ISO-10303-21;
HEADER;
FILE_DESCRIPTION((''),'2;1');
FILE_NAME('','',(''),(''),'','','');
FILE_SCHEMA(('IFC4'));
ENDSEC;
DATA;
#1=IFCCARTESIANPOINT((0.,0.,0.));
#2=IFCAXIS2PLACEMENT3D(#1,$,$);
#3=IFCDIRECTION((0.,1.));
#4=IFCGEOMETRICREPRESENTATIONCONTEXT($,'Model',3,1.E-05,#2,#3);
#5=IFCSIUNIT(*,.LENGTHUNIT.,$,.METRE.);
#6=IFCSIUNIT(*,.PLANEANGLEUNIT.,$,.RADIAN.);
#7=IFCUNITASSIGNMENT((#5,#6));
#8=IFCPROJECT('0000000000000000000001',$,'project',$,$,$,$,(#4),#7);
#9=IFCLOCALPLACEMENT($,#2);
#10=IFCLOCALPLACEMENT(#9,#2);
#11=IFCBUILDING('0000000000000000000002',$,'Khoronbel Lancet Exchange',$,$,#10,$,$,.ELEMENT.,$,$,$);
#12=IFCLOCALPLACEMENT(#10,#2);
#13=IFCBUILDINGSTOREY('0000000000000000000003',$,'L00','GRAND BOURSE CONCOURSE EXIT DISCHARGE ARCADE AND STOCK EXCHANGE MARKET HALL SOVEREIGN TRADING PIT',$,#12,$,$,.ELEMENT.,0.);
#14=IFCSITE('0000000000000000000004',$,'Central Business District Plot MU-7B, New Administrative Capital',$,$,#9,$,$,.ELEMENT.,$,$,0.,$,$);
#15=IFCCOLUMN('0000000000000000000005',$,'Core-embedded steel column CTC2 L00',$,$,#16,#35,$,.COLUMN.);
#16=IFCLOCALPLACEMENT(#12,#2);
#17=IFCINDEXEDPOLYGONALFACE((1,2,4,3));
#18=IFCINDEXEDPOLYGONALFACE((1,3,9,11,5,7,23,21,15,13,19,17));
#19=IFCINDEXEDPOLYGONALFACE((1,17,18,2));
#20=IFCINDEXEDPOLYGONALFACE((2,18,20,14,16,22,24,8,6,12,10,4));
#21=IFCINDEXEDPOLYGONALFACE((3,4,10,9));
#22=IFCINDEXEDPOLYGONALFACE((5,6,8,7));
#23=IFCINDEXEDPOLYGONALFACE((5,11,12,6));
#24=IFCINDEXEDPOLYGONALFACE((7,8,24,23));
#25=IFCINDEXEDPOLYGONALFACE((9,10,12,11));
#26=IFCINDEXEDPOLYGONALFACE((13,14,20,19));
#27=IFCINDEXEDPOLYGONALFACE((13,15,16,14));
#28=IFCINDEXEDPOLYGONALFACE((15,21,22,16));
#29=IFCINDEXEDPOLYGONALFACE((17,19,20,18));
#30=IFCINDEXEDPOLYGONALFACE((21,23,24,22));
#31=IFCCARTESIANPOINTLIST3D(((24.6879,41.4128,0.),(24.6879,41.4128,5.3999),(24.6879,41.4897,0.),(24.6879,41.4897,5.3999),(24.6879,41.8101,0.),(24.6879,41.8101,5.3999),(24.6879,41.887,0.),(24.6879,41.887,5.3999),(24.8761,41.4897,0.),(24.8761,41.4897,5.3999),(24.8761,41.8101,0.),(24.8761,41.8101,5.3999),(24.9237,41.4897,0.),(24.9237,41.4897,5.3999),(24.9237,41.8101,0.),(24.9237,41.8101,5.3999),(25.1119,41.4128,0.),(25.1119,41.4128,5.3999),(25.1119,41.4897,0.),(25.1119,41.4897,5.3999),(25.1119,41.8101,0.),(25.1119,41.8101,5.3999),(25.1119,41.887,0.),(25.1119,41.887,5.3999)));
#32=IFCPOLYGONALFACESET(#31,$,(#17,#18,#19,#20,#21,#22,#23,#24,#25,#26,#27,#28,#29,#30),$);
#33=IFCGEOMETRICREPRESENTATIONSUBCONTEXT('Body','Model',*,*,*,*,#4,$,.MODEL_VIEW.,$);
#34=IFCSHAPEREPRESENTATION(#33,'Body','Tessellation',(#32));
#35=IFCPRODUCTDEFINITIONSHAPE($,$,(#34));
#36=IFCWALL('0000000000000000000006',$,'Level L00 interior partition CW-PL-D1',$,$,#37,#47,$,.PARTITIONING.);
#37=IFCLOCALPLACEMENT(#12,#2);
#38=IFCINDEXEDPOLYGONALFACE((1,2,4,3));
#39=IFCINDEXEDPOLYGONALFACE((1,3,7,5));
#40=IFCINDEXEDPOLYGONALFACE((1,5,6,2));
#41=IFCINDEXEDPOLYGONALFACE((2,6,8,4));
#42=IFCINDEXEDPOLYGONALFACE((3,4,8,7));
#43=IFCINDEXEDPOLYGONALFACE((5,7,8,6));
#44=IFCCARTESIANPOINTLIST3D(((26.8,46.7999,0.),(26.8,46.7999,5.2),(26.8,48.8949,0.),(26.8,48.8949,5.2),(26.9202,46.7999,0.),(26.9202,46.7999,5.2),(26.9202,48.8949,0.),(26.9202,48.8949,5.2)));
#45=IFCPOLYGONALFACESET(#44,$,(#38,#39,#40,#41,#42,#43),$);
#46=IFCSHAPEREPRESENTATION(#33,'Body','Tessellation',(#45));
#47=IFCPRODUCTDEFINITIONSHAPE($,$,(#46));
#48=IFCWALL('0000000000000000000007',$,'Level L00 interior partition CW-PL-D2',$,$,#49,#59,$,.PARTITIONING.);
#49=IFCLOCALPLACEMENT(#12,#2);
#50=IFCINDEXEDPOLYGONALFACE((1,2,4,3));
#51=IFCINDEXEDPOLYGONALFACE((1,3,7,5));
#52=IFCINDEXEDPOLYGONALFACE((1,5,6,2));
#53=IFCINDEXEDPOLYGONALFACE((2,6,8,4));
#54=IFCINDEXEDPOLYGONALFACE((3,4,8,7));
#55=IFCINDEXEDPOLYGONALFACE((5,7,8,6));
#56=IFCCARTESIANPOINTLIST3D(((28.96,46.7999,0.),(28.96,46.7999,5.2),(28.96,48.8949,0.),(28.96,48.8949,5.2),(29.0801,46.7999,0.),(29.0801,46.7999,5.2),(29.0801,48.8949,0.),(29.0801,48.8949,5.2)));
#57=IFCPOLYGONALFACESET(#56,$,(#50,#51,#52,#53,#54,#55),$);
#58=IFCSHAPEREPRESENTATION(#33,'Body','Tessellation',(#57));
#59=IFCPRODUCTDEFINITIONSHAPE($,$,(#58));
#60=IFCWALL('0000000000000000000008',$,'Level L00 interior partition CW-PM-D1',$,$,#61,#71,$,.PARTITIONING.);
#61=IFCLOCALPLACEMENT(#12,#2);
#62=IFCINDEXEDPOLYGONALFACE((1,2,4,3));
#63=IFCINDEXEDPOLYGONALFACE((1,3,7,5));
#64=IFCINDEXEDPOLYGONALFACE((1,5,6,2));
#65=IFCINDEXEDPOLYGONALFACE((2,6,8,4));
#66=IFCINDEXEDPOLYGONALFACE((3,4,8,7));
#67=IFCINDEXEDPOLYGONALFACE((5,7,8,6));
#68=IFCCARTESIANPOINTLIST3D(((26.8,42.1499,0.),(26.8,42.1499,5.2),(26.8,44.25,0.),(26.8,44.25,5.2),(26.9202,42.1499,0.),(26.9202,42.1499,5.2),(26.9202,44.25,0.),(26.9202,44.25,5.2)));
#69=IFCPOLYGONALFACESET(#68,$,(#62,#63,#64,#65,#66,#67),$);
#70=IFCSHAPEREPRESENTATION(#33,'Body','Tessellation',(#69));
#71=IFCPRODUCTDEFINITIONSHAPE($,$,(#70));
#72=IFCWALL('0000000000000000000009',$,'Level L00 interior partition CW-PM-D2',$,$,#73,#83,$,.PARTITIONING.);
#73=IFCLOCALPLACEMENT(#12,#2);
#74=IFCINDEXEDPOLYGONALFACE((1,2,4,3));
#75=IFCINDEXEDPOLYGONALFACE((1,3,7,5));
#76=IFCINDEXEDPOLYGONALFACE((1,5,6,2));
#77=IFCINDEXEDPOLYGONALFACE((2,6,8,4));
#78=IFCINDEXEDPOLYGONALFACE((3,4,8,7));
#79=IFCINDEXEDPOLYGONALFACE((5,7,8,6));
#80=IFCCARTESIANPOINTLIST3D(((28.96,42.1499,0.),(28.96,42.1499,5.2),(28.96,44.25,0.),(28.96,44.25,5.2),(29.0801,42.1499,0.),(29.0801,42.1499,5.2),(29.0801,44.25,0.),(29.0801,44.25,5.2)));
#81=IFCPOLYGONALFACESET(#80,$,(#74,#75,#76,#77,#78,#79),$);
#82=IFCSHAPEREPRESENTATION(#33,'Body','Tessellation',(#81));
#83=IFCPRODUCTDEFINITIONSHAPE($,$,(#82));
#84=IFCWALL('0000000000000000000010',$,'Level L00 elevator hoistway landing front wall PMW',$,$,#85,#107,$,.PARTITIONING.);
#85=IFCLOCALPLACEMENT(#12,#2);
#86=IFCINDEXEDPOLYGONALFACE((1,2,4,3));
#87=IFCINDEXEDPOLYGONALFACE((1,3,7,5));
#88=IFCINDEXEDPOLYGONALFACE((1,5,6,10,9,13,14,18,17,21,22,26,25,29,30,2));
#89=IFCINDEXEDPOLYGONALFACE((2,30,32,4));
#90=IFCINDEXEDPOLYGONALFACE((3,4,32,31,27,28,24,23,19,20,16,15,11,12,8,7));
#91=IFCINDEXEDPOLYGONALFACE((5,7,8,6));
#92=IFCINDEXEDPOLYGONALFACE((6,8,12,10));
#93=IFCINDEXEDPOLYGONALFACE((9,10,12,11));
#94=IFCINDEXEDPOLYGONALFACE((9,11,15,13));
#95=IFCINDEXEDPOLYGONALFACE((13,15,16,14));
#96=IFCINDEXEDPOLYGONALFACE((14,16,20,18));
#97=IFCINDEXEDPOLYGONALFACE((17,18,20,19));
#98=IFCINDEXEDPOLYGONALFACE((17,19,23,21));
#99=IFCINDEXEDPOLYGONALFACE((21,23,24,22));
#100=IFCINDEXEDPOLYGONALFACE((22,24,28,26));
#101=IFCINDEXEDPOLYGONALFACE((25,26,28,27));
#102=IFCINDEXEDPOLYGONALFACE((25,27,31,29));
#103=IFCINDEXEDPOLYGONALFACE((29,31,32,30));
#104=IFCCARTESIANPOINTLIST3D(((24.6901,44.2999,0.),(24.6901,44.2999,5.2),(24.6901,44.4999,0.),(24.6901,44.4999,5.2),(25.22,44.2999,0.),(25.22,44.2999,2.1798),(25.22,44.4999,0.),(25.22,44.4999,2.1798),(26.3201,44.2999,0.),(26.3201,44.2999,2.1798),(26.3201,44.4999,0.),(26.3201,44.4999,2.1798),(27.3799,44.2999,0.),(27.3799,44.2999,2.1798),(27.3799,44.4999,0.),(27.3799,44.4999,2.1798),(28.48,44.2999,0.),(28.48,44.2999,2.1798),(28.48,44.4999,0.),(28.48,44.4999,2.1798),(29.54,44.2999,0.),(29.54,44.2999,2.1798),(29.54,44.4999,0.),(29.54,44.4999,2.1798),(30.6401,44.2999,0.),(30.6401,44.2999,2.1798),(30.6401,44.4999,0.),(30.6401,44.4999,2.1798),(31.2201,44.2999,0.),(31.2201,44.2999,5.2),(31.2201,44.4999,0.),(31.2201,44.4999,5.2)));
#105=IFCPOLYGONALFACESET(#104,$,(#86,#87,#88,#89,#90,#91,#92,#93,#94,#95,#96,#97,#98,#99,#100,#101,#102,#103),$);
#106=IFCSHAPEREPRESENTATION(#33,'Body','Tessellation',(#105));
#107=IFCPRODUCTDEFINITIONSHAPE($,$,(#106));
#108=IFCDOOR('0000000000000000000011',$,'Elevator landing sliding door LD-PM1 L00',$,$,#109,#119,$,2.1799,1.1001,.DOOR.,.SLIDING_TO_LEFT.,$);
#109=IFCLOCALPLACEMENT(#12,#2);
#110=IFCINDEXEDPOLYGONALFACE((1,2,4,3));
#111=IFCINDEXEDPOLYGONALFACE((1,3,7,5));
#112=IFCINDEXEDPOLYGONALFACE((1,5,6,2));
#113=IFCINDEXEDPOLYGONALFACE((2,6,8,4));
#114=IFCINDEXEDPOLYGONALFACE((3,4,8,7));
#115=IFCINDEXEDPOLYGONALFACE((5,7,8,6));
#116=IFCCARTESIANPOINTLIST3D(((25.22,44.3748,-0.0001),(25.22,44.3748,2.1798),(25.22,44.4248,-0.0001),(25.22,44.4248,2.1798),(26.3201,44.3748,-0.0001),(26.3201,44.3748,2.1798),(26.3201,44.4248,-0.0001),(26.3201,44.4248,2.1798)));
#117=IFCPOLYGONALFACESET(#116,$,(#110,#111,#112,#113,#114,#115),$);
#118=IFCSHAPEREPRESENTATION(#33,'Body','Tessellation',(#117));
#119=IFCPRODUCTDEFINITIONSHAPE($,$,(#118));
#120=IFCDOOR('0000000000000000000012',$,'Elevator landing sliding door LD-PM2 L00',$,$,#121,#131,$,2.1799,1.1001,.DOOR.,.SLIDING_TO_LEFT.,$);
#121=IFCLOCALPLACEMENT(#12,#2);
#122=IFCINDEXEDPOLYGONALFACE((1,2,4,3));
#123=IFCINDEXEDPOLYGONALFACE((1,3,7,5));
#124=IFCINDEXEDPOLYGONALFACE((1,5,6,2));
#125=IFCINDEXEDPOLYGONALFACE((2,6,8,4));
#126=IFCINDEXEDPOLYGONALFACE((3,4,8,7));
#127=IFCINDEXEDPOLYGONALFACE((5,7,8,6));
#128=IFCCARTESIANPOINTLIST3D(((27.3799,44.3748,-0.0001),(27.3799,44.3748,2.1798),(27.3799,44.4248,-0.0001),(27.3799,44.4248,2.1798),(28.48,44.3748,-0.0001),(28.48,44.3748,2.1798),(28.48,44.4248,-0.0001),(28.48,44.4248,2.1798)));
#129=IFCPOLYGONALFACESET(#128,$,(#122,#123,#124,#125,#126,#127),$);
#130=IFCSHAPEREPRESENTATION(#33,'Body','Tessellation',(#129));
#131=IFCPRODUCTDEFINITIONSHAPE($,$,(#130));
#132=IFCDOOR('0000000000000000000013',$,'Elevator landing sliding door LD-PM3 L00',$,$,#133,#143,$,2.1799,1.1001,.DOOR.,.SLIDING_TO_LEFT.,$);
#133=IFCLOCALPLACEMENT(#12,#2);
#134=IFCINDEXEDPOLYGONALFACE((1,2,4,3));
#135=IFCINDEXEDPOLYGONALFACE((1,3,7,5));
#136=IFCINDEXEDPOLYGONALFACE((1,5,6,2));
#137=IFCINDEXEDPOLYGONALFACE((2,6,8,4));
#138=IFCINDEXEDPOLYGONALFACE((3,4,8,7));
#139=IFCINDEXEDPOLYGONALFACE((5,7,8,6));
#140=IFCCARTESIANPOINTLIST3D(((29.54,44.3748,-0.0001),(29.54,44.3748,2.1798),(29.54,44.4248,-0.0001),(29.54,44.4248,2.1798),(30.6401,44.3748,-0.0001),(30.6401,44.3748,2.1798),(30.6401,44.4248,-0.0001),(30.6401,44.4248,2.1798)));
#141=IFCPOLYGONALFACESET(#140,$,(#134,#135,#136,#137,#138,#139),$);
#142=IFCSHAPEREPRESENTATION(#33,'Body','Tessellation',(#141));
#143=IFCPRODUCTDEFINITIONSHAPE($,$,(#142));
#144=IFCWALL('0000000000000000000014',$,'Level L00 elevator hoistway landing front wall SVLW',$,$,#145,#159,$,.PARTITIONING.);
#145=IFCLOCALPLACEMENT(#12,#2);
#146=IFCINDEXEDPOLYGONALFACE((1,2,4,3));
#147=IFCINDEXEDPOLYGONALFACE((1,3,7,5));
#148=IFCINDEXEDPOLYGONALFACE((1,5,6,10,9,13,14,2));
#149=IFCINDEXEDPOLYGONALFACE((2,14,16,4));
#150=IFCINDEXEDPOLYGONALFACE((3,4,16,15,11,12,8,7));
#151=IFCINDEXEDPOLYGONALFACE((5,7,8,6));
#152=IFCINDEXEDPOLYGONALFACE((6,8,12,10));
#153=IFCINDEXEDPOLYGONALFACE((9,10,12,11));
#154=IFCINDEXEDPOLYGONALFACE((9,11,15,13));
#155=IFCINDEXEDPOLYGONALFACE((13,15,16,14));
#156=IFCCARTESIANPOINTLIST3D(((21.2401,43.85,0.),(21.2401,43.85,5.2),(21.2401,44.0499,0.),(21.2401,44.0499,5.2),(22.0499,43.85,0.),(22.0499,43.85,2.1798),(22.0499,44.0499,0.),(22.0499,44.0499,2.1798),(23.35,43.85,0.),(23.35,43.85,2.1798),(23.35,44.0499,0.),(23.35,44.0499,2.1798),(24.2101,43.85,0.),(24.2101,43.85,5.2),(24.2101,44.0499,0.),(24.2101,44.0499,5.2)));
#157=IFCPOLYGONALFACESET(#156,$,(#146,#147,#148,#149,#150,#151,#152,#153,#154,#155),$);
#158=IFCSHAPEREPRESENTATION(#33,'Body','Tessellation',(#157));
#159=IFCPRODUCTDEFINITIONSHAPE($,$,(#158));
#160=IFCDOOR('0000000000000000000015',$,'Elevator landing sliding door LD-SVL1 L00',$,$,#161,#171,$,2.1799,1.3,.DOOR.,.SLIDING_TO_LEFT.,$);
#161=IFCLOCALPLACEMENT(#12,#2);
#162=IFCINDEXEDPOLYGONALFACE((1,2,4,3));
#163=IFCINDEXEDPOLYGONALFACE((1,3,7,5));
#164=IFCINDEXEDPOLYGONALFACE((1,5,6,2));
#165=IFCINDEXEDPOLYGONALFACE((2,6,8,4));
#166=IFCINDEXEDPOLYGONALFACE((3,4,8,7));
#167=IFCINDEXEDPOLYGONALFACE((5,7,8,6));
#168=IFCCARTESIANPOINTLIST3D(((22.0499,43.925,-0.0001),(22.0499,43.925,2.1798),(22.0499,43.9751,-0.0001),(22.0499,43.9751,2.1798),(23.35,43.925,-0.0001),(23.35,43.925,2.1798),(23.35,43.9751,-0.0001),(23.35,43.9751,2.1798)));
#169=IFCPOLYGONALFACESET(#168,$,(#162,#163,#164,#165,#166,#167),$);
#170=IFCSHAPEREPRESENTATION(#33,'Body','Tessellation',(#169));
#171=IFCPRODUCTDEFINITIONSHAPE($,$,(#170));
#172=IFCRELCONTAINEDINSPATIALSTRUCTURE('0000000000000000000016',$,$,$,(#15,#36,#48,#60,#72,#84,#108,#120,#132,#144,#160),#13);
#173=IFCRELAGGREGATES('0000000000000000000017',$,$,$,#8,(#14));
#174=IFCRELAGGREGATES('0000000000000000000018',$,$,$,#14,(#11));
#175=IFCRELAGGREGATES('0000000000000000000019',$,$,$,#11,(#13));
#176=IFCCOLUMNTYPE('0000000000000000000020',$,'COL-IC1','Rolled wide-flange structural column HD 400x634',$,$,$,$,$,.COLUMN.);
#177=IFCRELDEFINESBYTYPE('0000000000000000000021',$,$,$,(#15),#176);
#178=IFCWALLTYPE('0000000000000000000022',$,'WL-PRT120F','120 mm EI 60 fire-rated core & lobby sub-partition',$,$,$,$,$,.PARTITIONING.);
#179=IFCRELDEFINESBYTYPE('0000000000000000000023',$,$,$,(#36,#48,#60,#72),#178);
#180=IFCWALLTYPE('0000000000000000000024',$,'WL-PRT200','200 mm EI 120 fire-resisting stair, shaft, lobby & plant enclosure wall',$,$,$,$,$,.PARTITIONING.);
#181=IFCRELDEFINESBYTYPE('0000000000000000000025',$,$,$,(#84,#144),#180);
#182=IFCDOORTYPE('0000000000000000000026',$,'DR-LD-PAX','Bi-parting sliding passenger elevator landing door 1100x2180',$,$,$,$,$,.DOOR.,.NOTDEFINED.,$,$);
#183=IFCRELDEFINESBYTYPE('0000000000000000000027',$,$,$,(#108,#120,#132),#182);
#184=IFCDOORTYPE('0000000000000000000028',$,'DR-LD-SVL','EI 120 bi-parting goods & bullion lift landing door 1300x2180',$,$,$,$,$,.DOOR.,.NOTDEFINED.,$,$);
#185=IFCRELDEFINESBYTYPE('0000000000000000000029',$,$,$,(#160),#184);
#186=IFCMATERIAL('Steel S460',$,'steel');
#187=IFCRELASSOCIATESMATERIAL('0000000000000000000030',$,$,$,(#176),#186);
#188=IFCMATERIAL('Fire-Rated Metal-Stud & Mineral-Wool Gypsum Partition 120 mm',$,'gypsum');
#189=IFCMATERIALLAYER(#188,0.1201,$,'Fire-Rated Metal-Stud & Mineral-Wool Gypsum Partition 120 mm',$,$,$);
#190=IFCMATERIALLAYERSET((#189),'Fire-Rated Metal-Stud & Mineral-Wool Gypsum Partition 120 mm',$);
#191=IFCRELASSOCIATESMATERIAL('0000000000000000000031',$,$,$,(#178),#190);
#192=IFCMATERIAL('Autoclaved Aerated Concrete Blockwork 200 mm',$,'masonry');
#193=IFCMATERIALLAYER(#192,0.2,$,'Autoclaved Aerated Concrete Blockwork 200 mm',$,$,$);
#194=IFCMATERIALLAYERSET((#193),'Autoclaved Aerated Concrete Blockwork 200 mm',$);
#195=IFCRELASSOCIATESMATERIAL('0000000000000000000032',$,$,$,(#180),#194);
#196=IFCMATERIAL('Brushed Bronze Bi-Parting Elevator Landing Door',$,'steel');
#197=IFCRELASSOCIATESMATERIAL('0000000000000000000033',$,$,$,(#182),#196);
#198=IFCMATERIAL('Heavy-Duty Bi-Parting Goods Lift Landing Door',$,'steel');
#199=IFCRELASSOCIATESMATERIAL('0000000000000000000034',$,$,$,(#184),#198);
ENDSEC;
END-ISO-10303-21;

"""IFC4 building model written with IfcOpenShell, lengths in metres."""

from ifc_helpers import new_model, si_unit, direction, frame, frame_2d, origin, origin_2d, place, context, subcontext, project, spatial, rectangle, i_section, extrude, material, layer, layer_set, material_profile, profile_set, type_object, element, fill, save


model = new_model("IFC4")

# Units and contexts
model_context = context("Model", 3, precision=1e-05, world=origin(), true_north=direction((0.0, 1.0)))
body_context = subcontext(model_context, "Body", "Model", "MODEL_VIEW")
ifc_project = project(units=[si_unit("LENGTHUNIT", "METRE"), si_unit("PLANEANGLEUNIT", "RADIAN")], contexts=[model_context])

# Site, building, storey
site_placement = place(None, origin())
site = spatial("IfcSite", under=ifc_project, at=site_placement, Name="Central Business District Plot MU-7B, New Administrative Capital", CompositionType="ELEMENT", RefElevation=0.0)
building_placement = place(site_placement, origin())
building = spatial("IfcBuilding", under=site, at=building_placement, Name="Khoronbel Lancet Exchange", CompositionType="ELEMENT")
storey_placement = place(building_placement, origin())
storey = spatial("IfcBuildingStorey", under=building, at=storey_placement, Name="L00", Description="GRAND BOURSE CONCOURSE EXIT DISCHARGE ARCADE AND STOCK EXCHANGE MARKET HALL SOVEREIGN TRADING PIT", CompositionType="ELEMENT", Elevation=0.0)

# Column
ifc_material_1 = material(Name="Steel S460", Category="steel")
ifc_material_profile = material_profile(ifc_material_1, i_section(OverallWidth=0.4241, OverallDepth=0.4741, WebThickness=0.0476, FlangeThickness=0.0769, at=origin_2d()), Name="HD 400x634")
ifc_profile_set = profile_set([ifc_material_profile], Name="Steel S460")
column_type = type_object("IfcColumnType", Name="COL-IC1", Description="Rolled wide-flange structural column HD 400x634", PredefinedType="COLUMN", material=ifc_profile_set)
column_placement = place(storey_placement, frame((24.8999, 41.6499, 0.0), z_axis=(0.0, 0.0, 1.0), x_axis=(1.0, 0.0, 0.0)))
element("IfcColumn", 1, at=column_placement, inside=storey, type_object=column_type, Name="Core-embedded steel column CTC2 L00", PredefinedType="COLUMN", context=body_context, shape_type="SweptSolid", body=[
    extrude(i_section(OverallWidth=0.4241, OverallDepth=0.4741, WebThickness=0.0476, FlangeThickness=0.0769, at=origin_2d()), origin(), (0.0, 0.0, 1.0), 5.3999),
])

# Walls
ifc_material_2 = material(Name="Fire-Rated Metal-Stud & Mineral-Wool Gypsum Partition 120 mm", Category="gypsum")
ifc_layer_1 = layer(ifc_material_2, 0.1201, Name="Fire-Rated Metal-Stud & Mineral-Wool Gypsum Partition 120 mm")
ifc_layer_set_1 = layer_set([ifc_layer_1], Name="Fire-Rated Metal-Stud & Mineral-Wool Gypsum Partition 120 mm")
wall_type_1 = type_object("IfcWallType", Name="WL-PRT120F", Description="120 mm EI 60 fire-rated core & lobby sub-partition", PredefinedType="PARTITIONING", material=ifc_layer_set_1)
for number, where, z_axis, x_axis, name in (
    (2, (26.8601, 46.8, 0.0), (0.0, 0.0, 1.0), (0.0, 1.0, 0.0), "Level L00 interior partition CW-PL-D1"),
    (3, (29.02, 46.8, 0.0), (0.0, 0.0, 1.0), (0.0, 1.0, 0.0), "Level L00 interior partition CW-PL-D2"),
):
    element("IfcWall", number, at=place(storey_placement, frame(where, z_axis=z_axis, x_axis=x_axis)), inside=storey, type_object=wall_type_1, Name=name, PredefinedType="PARTITIONING", context=body_context, shape_type="SweptSolid", body=[
        extrude(rectangle(XDim=2.095, YDim=0.1201, at=frame_2d((1.0474, 0.0))), origin(), (0.0, 0.0, 1.0), 5.2),
    ])
for number, where, z_axis, x_axis, name in (
    (4, (26.8601, 42.1499, 0.0), (0.0, 0.0, 1.0), (0.0, 1.0, 0.0), "Level L00 interior partition CW-PM-D1"),
    (5, (29.02, 42.1499, 0.0), (0.0, 0.0, 1.0), (0.0, 1.0, 0.0), "Level L00 interior partition CW-PM-D2"),
):
    element("IfcWall", number, at=place(storey_placement, frame(where, z_axis=z_axis, x_axis=x_axis)), inside=storey, type_object=wall_type_1, Name=name, PredefinedType="PARTITIONING", context=body_context, shape_type="SweptSolid", body=[
        extrude(rectangle(XDim=2.1001, YDim=0.1201, at=frame_2d((1.05, 0.0))), origin(), (0.0, 0.0, 1.0), 5.2),
    ])

# Wall, openings, doors
ifc_material_3 = material(Name="Autoclaved Aerated Concrete Blockwork 200 mm", Category="masonry")
ifc_layer_2 = layer(ifc_material_3, 0.2, Name="Autoclaved Aerated Concrete Blockwork 200 mm")
ifc_layer_set_2 = layer_set([ifc_layer_2], Name="Autoclaved Aerated Concrete Blockwork 200 mm")
wall_type_2 = type_object("IfcWallType", Name="WL-PRT200", Description="200 mm EI 120 fire-resisting stair, shaft, lobby & plant enclosure wall", PredefinedType="PARTITIONING", material=ifc_layer_set_2)
wall_1_placement = place(storey_placement, frame((24.6899, 44.3999, 0.0), z_axis=(0.0, 0.0, 1.0), x_axis=(1.0, 0.0, 0.0)))
wall_1 = element("IfcWall", 6, at=wall_1_placement, inside=storey, type_object=wall_type_2, Name="Level L00 elevator hoistway landing front wall PMW", PredefinedType="PARTITIONING", context=body_context, shape_type="SweptSolid", body=[
    extrude(rectangle(XDim=6.53, YDim=0.2, at=frame_2d((3.2651, 0.0))), origin(), (0.0, 0.0, 1.0), 5.2),
])
opening_1_placement = place(wall_1_placement, frame((0.53, 0.0, 0.0)))
opening_1 = element("IfcOpeningElement", 7, at=opening_1_placement, cuts=wall_1, PredefinedType="OPENING", context=body_context, shape_type="SweptSolid", body=[
    extrude(rectangle(XDim=1.1001, YDim=2.1799, at=frame_2d((0.55, 1.0898))), frame((0.0, 0.1099, 0.0), z_axis=(0.0, -1.0, 0.0), x_axis=(1.0, 0.0, 0.0)), (0.0, 0.0, 1.0), 0.22),
])
opening_2_placement = place(wall_1_placement, frame((2.6899, 0.0, 0.0)))
opening_2 = element("IfcOpeningElement", 8, at=opening_2_placement, cuts=wall_1, PredefinedType="OPENING", context=body_context, shape_type="SweptSolid", body=[
    extrude(rectangle(XDim=1.1001, YDim=2.1799, at=frame_2d((0.55, 1.0898))), frame((0.0, 0.1099, 0.0), z_axis=(0.0, -1.0, 0.0), x_axis=(1.0, 0.0, 0.0)), (0.0, 0.0, 1.0), 0.22),
])
opening_3_placement = place(wall_1_placement, frame((4.8501, 0.0, 0.0)))
opening_3 = element("IfcOpeningElement", 9, at=opening_3_placement, cuts=wall_1, PredefinedType="OPENING", context=body_context, shape_type="SweptSolid", body=[
    extrude(rectangle(XDim=1.1001, YDim=2.1799, at=frame_2d((0.55, 1.0898))), frame((0.0, 0.1099, 0.0), z_axis=(0.0, -1.0, 0.0), x_axis=(1.0, 0.0, 0.0)), (0.0, 0.0, 1.0), 0.22),
])
ifc_material_4 = material(Name="Brushed Bronze Bi-Parting Elevator Landing Door", Category="steel")
door_type_1 = type_object("IfcDoorType", Name="DR-LD-PAX", Description="Bi-parting sliding passenger elevator landing door 1100x2180", OperationType="NOTDEFINED", PredefinedType="DOOR", material=ifc_material_4)
door_1_placement = place(opening_1_placement, origin())
door_1 = element("IfcDoor", 10, at=door_1_placement, inside=storey, type_object=door_type_1, Name="Elevator landing sliding door LD-PM1 L00", OperationType="SLIDING_TO_LEFT", OverallHeight=2.1799, OverallWidth=1.1001, PredefinedType="DOOR", context=body_context, shape_type="SweptSolid", body=[
    extrude(rectangle(XDim=1.1001, YDim=2.1799, at=frame_2d((0.55, 1.0898))), frame((0.0, 0.0249, 0.0), z_axis=(0.0, -1.0, 0.0), x_axis=(1.0, 0.0, 0.0)), (0.0, 0.0, 1.0), 0.05),
])
fill(opening_1, door_1)
door_2_placement = place(opening_2_placement, origin())
door_2 = element("IfcDoor", 11, at=door_2_placement, inside=storey, type_object=door_type_1, Name="Elevator landing sliding door LD-PM2 L00", OperationType="SLIDING_TO_LEFT", OverallHeight=2.1799, OverallWidth=1.1001, PredefinedType="DOOR", context=body_context, shape_type="SweptSolid", body=[
    extrude(rectangle(XDim=1.1001, YDim=2.1799, at=frame_2d((0.55, 1.0898))), frame((0.0, 0.0249, 0.0), z_axis=(0.0, -1.0, 0.0), x_axis=(1.0, 0.0, 0.0)), (0.0, 0.0, 1.0), 0.05),
])
fill(opening_2, door_2)
door_3_placement = place(opening_3_placement, origin())
door_3 = element("IfcDoor", 12, at=door_3_placement, inside=storey, type_object=door_type_1, Name="Elevator landing sliding door LD-PM3 L00", OperationType="SLIDING_TO_LEFT", OverallHeight=2.1799, OverallWidth=1.1001, PredefinedType="DOOR", context=body_context, shape_type="SweptSolid", body=[
    extrude(rectangle(XDim=1.1001, YDim=2.1799, at=frame_2d((0.55, 1.0898))), frame((0.0, 0.0249, 0.0), z_axis=(0.0, -1.0, 0.0), x_axis=(1.0, 0.0, 0.0)), (0.0, 0.0, 1.0), 0.05),
])
fill(opening_3, door_3)

# Wall, opening, door
wall_2_placement = place(storey_placement, frame((24.21, 43.95, 0.0), z_axis=(0.0, 0.0, 1.0), x_axis=(-1.0, 0.0, 0.0)))
wall_2 = element("IfcWall", 13, at=wall_2_placement, inside=storey, type_object=wall_type_2, Name="Level L00 elevator hoistway landing front wall SVLW", PredefinedType="PARTITIONING", context=body_context, shape_type="SweptSolid", body=[
    extrude(rectangle(XDim=2.97, YDim=0.2, at=frame_2d((1.4849, 0.0))), origin(), (0.0, 0.0, 1.0), 5.2),
])
opening_4_placement = place(wall_2_placement, frame((0.8601, 0.0, 0.0)))
opening_4 = element("IfcOpeningElement", 14, at=opening_4_placement, cuts=wall_2, PredefinedType="OPENING", context=body_context, shape_type="SweptSolid", body=[
    extrude(rectangle(XDim=1.3, YDim=2.1799, at=frame_2d((0.6499, 1.0898))), frame((0.0, 0.1099, 0.0), z_axis=(0.0, -1.0, 0.0), x_axis=(1.0, 0.0, 0.0)), (0.0, 0.0, 1.0), 0.22),
])
ifc_material_5 = material(Name="Heavy-Duty Bi-Parting Goods Lift Landing Door", Category="steel")
door_type_2 = type_object("IfcDoorType", Name="DR-LD-SVL", Description="EI 120 bi-parting goods & bullion lift landing door 1300x2180", OperationType="NOTDEFINED", PredefinedType="DOOR", material=ifc_material_5)
door_4_placement = place(opening_4_placement, origin())
door_4 = element("IfcDoor", 15, at=door_4_placement, inside=storey, type_object=door_type_2, Name="Elevator landing sliding door LD-SVL1 L00", OperationType="SLIDING_TO_LEFT", OverallHeight=2.1799, OverallWidth=1.3, PredefinedType="DOOR", context=body_context, shape_type="SweptSolid", body=[
    extrude(rectangle(XDim=1.3, YDim=2.1799, at=frame_2d((0.6499, 1.0898))), frame((0.0, 0.0249, 0.0), z_axis=(0.0, -1.0, 0.0), x_axis=(1.0, 0.0, 0.0)), (0.0, 0.0, 1.0), 0.05),
])
fill(opening_4, door_4)

save(model, "model.ifc")
